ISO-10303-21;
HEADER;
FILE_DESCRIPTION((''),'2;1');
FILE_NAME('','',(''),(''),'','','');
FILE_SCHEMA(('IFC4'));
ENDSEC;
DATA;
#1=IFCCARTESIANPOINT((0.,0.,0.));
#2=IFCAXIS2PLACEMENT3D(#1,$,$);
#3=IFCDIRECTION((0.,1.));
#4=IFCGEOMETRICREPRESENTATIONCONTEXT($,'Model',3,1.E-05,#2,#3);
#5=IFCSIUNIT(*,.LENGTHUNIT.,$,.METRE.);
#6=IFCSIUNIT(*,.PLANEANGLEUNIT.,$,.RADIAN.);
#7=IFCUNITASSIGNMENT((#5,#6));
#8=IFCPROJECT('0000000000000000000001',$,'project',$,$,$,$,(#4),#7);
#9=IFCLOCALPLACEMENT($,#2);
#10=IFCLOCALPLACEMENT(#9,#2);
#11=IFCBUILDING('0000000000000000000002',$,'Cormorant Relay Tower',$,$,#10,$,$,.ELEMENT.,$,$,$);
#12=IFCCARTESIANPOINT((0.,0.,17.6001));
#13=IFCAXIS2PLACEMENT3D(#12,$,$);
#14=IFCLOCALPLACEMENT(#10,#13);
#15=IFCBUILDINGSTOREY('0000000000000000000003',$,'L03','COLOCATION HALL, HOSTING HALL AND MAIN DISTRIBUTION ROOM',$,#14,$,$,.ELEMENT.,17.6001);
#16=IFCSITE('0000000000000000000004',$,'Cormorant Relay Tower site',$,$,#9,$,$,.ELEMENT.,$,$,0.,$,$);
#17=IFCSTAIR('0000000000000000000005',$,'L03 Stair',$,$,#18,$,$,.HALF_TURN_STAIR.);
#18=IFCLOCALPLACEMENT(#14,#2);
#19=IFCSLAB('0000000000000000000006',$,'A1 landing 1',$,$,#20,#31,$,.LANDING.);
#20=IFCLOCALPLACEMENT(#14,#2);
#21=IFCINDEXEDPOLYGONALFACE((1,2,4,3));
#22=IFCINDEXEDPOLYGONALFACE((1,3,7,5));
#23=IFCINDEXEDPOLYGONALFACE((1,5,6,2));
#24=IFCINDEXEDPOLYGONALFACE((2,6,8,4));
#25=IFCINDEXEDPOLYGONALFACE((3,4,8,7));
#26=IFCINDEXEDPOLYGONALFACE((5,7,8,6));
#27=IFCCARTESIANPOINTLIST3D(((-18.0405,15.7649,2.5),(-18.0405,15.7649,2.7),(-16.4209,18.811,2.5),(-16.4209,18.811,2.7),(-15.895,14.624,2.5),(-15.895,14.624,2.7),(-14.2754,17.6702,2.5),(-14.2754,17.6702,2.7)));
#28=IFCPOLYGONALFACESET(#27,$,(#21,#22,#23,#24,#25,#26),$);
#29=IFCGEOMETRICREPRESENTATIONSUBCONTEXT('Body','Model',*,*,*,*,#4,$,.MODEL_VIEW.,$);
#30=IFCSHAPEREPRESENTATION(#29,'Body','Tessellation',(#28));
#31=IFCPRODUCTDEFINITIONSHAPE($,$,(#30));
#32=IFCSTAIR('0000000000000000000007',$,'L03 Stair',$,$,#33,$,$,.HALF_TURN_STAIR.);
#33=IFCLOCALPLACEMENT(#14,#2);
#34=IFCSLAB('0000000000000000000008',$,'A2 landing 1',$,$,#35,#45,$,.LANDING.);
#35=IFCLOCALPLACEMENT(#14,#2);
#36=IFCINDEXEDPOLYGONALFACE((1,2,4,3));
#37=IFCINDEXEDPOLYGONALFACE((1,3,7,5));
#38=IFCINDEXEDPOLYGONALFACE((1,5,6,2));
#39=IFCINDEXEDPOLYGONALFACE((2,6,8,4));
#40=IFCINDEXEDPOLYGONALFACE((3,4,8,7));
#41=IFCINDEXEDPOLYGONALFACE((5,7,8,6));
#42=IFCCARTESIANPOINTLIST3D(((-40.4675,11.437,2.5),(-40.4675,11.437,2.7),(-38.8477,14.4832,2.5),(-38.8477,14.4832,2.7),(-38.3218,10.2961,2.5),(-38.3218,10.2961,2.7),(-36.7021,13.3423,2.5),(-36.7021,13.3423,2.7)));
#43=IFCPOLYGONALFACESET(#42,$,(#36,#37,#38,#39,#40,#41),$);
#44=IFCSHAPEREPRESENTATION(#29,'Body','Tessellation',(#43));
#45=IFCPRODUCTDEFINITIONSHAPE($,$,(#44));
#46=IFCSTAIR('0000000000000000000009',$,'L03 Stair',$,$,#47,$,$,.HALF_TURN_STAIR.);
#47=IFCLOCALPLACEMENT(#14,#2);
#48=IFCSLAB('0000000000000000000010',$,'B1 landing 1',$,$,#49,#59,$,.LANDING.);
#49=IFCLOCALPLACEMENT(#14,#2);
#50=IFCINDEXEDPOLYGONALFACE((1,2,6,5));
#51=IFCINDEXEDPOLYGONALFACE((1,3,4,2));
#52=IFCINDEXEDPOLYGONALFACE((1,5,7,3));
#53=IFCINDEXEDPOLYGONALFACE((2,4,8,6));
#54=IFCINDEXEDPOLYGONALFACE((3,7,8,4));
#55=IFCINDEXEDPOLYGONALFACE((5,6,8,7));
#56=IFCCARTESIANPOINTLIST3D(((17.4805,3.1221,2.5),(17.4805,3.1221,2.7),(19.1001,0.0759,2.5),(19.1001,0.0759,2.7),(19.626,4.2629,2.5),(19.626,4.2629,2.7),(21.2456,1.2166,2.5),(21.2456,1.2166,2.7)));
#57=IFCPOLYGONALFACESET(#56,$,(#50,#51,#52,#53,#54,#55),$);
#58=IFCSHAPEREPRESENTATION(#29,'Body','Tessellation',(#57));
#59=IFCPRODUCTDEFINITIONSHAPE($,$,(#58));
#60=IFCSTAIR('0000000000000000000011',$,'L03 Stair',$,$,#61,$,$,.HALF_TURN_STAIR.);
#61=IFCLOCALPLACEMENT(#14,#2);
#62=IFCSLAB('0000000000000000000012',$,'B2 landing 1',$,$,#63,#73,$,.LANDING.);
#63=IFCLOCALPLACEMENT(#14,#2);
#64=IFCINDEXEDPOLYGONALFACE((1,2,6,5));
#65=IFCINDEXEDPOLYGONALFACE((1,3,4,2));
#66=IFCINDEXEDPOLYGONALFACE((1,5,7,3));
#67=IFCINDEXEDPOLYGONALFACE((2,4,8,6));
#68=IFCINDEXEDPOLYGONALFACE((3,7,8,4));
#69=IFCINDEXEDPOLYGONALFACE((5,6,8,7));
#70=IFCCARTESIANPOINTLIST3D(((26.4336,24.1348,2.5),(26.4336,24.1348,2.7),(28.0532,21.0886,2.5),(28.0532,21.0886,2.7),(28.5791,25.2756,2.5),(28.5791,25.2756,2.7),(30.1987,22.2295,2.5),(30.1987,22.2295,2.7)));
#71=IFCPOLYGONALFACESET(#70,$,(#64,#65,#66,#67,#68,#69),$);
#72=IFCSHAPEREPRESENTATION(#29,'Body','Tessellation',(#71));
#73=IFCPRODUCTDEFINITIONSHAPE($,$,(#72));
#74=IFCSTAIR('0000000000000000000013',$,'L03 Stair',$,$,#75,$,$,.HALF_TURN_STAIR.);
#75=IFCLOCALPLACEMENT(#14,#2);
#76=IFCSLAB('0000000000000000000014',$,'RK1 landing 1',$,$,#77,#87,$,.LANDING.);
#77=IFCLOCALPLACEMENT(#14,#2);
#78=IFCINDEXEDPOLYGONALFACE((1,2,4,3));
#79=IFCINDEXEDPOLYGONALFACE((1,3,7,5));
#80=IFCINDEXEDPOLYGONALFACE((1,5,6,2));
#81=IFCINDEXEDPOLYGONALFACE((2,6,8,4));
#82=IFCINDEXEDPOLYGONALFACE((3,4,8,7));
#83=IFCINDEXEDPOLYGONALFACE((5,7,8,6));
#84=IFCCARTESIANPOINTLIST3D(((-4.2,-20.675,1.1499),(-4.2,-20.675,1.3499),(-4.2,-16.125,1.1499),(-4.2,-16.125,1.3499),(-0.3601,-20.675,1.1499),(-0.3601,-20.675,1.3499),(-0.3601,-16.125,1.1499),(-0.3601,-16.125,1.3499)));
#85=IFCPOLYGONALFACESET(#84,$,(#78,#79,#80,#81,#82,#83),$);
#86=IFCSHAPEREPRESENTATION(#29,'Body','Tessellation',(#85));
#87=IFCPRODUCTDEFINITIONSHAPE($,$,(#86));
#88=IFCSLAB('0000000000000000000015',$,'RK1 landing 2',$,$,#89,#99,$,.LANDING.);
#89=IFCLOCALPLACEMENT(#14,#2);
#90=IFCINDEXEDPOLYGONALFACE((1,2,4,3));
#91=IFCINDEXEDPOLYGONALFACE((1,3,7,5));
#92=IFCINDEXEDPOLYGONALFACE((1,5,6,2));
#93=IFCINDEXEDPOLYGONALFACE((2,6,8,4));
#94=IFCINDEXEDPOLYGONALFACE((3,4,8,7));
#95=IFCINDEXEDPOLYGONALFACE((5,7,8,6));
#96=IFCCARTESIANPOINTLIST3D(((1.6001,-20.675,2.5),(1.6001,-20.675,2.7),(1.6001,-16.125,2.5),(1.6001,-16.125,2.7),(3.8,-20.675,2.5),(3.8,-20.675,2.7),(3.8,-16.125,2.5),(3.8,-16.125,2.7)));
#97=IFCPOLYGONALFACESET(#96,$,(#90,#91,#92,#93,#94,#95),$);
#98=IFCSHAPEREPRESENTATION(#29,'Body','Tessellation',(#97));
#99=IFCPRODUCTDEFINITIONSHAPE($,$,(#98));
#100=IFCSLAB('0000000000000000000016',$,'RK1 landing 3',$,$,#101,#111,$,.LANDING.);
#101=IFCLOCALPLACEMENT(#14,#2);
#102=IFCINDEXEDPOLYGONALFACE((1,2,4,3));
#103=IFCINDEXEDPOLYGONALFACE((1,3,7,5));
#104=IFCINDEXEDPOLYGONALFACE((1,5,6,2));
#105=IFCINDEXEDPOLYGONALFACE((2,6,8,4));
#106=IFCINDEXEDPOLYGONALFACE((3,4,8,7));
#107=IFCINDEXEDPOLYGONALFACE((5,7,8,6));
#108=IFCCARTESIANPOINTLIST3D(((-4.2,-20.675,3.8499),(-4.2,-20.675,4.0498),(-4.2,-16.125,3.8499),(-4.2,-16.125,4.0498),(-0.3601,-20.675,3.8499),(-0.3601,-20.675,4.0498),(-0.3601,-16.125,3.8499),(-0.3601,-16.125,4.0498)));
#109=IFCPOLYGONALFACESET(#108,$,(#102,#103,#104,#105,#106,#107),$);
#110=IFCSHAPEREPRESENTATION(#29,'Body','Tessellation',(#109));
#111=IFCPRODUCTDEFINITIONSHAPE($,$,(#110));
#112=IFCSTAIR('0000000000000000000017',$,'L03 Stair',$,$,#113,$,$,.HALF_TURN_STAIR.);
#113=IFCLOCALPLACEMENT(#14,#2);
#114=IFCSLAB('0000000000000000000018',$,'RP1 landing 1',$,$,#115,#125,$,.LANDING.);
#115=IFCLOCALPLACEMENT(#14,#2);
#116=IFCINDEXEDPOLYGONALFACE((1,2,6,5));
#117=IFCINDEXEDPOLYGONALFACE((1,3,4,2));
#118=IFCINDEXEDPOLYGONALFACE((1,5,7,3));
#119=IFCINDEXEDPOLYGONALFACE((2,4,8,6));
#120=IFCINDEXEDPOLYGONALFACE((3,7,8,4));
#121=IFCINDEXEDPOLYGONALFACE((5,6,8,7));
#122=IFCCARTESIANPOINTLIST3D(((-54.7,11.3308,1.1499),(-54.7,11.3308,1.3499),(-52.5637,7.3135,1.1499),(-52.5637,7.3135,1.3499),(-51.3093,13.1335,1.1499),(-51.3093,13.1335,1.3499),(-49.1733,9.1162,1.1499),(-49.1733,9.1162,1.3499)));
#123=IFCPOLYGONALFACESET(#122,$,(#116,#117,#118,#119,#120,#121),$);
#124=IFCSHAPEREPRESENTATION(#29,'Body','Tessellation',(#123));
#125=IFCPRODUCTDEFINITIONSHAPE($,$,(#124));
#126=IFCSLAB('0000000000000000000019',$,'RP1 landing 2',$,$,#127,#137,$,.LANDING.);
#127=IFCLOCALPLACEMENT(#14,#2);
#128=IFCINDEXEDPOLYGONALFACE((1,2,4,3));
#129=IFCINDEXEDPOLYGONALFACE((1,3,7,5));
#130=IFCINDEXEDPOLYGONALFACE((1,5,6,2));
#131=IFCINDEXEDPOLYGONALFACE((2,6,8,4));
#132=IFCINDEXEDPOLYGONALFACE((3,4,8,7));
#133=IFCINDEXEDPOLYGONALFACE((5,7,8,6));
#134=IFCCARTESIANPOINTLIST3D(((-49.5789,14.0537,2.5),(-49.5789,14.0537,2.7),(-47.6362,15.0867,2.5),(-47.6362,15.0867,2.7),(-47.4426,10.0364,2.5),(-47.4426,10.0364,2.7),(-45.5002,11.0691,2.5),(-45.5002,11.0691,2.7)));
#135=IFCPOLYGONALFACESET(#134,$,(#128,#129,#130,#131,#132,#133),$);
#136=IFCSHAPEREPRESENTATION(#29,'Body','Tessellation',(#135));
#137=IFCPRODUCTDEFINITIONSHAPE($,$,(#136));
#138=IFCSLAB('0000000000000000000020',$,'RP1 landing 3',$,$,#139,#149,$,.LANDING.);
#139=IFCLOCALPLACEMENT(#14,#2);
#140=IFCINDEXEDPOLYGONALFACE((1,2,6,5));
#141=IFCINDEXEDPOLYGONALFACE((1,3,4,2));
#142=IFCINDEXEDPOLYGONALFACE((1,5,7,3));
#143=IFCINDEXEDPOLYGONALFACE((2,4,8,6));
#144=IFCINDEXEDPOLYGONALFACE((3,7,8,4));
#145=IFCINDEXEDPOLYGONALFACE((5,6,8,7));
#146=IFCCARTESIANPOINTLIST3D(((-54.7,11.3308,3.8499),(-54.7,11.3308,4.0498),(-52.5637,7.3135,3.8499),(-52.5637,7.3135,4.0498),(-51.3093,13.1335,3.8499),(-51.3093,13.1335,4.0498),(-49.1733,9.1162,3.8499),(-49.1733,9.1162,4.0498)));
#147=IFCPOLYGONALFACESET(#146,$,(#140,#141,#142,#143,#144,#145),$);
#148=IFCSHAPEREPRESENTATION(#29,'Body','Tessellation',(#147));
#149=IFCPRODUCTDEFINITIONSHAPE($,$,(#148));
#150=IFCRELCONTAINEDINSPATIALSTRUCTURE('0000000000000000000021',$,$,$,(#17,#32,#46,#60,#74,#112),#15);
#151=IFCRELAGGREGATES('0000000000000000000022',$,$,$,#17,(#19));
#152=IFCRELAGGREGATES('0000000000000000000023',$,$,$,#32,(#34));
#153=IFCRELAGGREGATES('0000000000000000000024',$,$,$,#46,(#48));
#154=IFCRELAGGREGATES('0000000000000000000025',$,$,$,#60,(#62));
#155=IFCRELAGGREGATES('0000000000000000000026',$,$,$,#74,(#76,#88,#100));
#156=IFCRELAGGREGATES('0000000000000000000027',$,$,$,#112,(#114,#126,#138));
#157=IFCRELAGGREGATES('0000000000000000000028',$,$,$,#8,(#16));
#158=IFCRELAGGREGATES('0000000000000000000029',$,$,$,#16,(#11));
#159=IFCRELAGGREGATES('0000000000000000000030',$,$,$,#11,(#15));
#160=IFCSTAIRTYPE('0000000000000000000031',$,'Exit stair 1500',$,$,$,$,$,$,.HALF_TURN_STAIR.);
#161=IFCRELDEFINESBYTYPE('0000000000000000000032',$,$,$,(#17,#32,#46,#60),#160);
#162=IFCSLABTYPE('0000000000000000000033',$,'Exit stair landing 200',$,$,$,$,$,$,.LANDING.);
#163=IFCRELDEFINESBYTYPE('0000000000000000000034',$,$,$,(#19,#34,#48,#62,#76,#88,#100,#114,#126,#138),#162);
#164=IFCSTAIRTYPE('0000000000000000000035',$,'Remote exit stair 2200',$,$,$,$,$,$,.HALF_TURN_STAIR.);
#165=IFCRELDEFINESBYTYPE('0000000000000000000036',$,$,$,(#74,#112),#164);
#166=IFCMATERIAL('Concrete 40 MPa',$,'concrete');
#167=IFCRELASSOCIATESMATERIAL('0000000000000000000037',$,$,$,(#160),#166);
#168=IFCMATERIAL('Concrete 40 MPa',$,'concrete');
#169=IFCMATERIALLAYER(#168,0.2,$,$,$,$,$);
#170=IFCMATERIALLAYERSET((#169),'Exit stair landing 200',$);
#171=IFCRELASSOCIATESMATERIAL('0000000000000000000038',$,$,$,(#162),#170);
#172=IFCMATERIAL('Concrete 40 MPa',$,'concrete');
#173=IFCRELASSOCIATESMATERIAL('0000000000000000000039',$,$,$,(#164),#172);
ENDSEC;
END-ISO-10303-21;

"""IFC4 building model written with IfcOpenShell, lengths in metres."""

from ifc_helpers import new_model, si_unit, direction, frame, origin, place, context, subcontext, project, spatial, polyline, outline, extrude, material, layer, layer_set, type_object, element, aggregate, save


model = new_model("IFC4")

# Units and contexts
model_context = context("Model", 3, precision=1e-05, world=origin(), true_north=direction((0.0, 1.0)))
body_context = subcontext(model_context, "Body", "Model", "MODEL_VIEW")
ifc_project = project(units=[si_unit("LENGTHUNIT", "METRE"), si_unit("PLANEANGLEUNIT", "RADIAN")], contexts=[model_context])

# Site, building, storey
site_placement = place(None, origin())
site = spatial("IfcSite", under=ifc_project, at=site_placement, Name="Cormorant Relay Tower site", CompositionType="ELEMENT", RefElevation=0.0)
building_placement = place(site_placement, origin())
building = spatial("IfcBuilding", under=site, at=building_placement, Name="Cormorant Relay Tower", CompositionType="ELEMENT")
storey_placement = place(building_placement, frame((0.0, 0.0, 17.6001)))
storey = spatial("IfcBuildingStorey", under=building, at=storey_placement, Name="L03", Description="COLOCATION HALL, HOSTING HALL AND MAIN DISTRIBUTION ROOM", CompositionType="ELEMENT", Elevation=17.6001)

# Stairs, slabs
ifc_material_1 = material(Name="Concrete 40 MPa", Category="concrete")
stair_type_1 = type_object("IfcStairType", Name="Exit stair 1500", PredefinedType="HALF_TURN_STAIR", material=ifc_material_1)
stair_1_placement = place(storey_placement, origin())
stair_1 = element("IfcStair", 1, at=stair_1_placement, inside=storey, type_object=stair_type_1, Name="L03 Stair", PredefinedType="HALF_TURN_STAIR")
ifc_material_2 = material(Name="Concrete 40 MPa", Category="concrete")
ifc_layer_1 = layer(ifc_material_2, 0.2)
ifc_layer_set_1 = layer_set([ifc_layer_1], Name="Exit stair landing 200")
slab_type_1 = type_object("IfcSlabType", Name="Exit stair landing 200", PredefinedType="LANDING", material=ifc_layer_set_1)
slab_1_placement = place(storey_placement, frame((0.0, 0.0, 2.5)))
slab_1 = element("IfcSlab", 2, at=slab_1_placement, type_object=slab_type_1, Name="A1 landing 1", PredefinedType="LANDING", context=body_context, shape_type="SweptSolid", body=[
    extrude(outline(polyline([(-18.0405, 15.7649), (-15.895, 14.624), (-14.2754, 17.6702), (-16.4209, 18.811), (-18.0405, 15.7649)])), origin(), (0.0, 0.0, 1.0), 0.2),
])
aggregate(stair_1, [slab_1])
stair_2_placement = place(storey_placement, origin())
stair_2 = element("IfcStair", 3, at=stair_2_placement, inside=storey, type_object=stair_type_1, Name="L03 Stair", PredefinedType="HALF_TURN_STAIR")
slab_2_placement = place(storey_placement, frame((0.0, 0.0, 2.5)))
slab_2 = element("IfcSlab", 4, at=slab_2_placement, type_object=slab_type_1, Name="A2 landing 1", PredefinedType="LANDING", context=body_context, shape_type="SweptSolid", body=[
    extrude(outline(polyline([(-36.7021, 13.3423), (-38.8477, 14.4832), (-40.4675, 11.437), (-38.3218, 10.2961), (-36.7021, 13.3423)])), origin(), (0.0, 0.0, 1.0), 0.2),
])
aggregate(stair_2, [slab_2])
stair_3_placement = place(storey_placement, origin())
stair_3 = element("IfcStair", 5, at=stair_3_placement, inside=storey, type_object=stair_type_1, Name="L03 Stair", PredefinedType="HALF_TURN_STAIR")
slab_3_placement = place(storey_placement, frame((0.0, 0.0, 2.5)))
slab_3 = element("IfcSlab", 6, at=slab_3_placement, type_object=slab_type_1, Name="B1 landing 1", PredefinedType="LANDING", context=body_context, shape_type="SweptSolid", body=[
    extrude(outline(polyline([(19.626, 4.2629), (17.4805, 3.1221), (19.1001, 0.0759), (21.2456, 1.2166), (19.626, 4.2629)])), origin(), (0.0, 0.0, 1.0), 0.2),
])
aggregate(stair_3, [slab_3])
stair_4_placement = place(storey_placement, origin())
stair_4 = element("IfcStair", 7, at=stair_4_placement, inside=storey, type_object=stair_type_1, Name="L03 Stair", PredefinedType="HALF_TURN_STAIR")
slab_4_placement = place(storey_placement, frame((0.0, 0.0, 2.5)))
slab_4 = element("IfcSlab", 8, at=slab_4_placement, type_object=slab_type_1, Name="B2 landing 1", PredefinedType="LANDING", context=body_context, shape_type="SweptSolid", body=[
    extrude(outline(polyline([(28.0532, 21.0886), (30.1987, 22.2295), (28.5791, 25.2756), (26.4336, 24.1348), (28.0532, 21.0886)])), origin(), (0.0, 0.0, 1.0), 0.2),
])
aggregate(stair_4, [slab_4])

# Stairs, slabs
ifc_material_3 = material(Name="Concrete 40 MPa", Category="concrete")
stair_type_2 = type_object("IfcStairType", Name="Remote exit stair 2200", PredefinedType="HALF_TURN_STAIR", material=ifc_material_3)
stair_5_placement = place(storey_placement, origin())
stair_5 = element("IfcStair", 9, at=stair_5_placement, inside=storey, type_object=stair_type_2, Name="L03 Stair", PredefinedType="HALF_TURN_STAIR")
slab_5_placement = place(storey_placement, frame((0.0, 0.0, 1.1499)))
slab_5 = element("IfcSlab", 10, at=slab_5_placement, type_object=slab_type_1, Name="RK1 landing 1", PredefinedType="LANDING", context=body_context, shape_type="SweptSolid", body=[
    extrude(outline(polyline([(-0.3601, -16.125), (-4.2, -16.125), (-4.2, -20.675), (-0.3601, -20.675), (-0.3601, -16.125)])), origin(), (0.0, 0.0, 1.0), 0.2),
])
slab_6_placement = place(storey_placement, frame((0.0, 0.0, 2.5)))
slab_6 = element("IfcSlab", 11, at=slab_6_placement, type_object=slab_type_1, Name="RK1 landing 2", PredefinedType="LANDING", context=body_context, shape_type="SweptSolid", body=[
    extrude(outline(polyline([(3.8, -16.125), (1.6001, -16.125), (1.6001, -20.675), (3.8, -20.675), (3.8, -16.125)])), origin(), (0.0, 0.0, 1.0), 0.2),
])
slab_7_placement = place(storey_placement, frame((0.0, 0.0, 3.8499)))
slab_7 = element("IfcSlab", 12, at=slab_7_placement, type_object=slab_type_1, Name="RK1 landing 3", PredefinedType="LANDING", context=body_context, shape_type="SweptSolid", body=[
    extrude(outline(polyline([(-0.3601, -16.125), (-4.2, -16.125), (-4.2, -20.675), (-0.3601, -20.675), (-0.3601, -16.125)])), origin(), (0.0, 0.0, 1.0), 0.2),
])
aggregate(stair_5, [slab_5, slab_6, slab_7])
stair_6_placement = place(storey_placement, origin())
stair_6 = element("IfcStair", 13, at=stair_6_placement, inside=storey, type_object=stair_type_2, Name="L03 Stair", PredefinedType="HALF_TURN_STAIR")
slab_8_placement = place(storey_placement, frame((0.0, 0.0, 1.1499)))
slab_8 = element("IfcSlab", 14, at=slab_8_placement, type_object=slab_type_1, Name="RP1 landing 1", PredefinedType="LANDING", context=body_context, shape_type="SweptSolid", body=[
    extrude(outline(polyline([(-51.3093, 13.1335), (-54.7, 11.3308), (-52.5637, 7.3135), (-49.1733, 9.1162), (-51.3093, 13.1335)])), origin(), (0.0, 0.0, 1.0), 0.2),
])
slab_9_placement = place(storey_placement, frame((0.0, 0.0, 2.5)))
slab_9 = element("IfcSlab", 15, at=slab_9_placement, type_object=slab_type_1, Name="RP1 landing 2", PredefinedType="LANDING", context=body_context, shape_type="SweptSolid", body=[
    extrude(outline(polyline([(-47.6362, 15.0867), (-49.5789, 14.0537), (-47.4426, 10.0364), (-45.5002, 11.0691), (-47.6362, 15.0867)])), origin(), (0.0, 0.0, 1.0), 0.2),
])
slab_10_placement = place(storey_placement, frame((0.0, 0.0, 3.8499)))
slab_10 = element("IfcSlab", 16, at=slab_10_placement, type_object=slab_type_1, Name="RP1 landing 3", PredefinedType="LANDING", context=body_context, shape_type="SweptSolid", body=[
    extrude(outline(polyline([(-51.3093, 13.1335), (-54.7, 11.3308), (-52.5637, 7.3135), (-49.1733, 9.1162), (-51.3093, 13.1335)])), origin(), (0.0, 0.0, 1.0), 0.2),
])
aggregate(stair_6, [slab_8, slab_9, slab_10])

save(model, "model.ifc")
